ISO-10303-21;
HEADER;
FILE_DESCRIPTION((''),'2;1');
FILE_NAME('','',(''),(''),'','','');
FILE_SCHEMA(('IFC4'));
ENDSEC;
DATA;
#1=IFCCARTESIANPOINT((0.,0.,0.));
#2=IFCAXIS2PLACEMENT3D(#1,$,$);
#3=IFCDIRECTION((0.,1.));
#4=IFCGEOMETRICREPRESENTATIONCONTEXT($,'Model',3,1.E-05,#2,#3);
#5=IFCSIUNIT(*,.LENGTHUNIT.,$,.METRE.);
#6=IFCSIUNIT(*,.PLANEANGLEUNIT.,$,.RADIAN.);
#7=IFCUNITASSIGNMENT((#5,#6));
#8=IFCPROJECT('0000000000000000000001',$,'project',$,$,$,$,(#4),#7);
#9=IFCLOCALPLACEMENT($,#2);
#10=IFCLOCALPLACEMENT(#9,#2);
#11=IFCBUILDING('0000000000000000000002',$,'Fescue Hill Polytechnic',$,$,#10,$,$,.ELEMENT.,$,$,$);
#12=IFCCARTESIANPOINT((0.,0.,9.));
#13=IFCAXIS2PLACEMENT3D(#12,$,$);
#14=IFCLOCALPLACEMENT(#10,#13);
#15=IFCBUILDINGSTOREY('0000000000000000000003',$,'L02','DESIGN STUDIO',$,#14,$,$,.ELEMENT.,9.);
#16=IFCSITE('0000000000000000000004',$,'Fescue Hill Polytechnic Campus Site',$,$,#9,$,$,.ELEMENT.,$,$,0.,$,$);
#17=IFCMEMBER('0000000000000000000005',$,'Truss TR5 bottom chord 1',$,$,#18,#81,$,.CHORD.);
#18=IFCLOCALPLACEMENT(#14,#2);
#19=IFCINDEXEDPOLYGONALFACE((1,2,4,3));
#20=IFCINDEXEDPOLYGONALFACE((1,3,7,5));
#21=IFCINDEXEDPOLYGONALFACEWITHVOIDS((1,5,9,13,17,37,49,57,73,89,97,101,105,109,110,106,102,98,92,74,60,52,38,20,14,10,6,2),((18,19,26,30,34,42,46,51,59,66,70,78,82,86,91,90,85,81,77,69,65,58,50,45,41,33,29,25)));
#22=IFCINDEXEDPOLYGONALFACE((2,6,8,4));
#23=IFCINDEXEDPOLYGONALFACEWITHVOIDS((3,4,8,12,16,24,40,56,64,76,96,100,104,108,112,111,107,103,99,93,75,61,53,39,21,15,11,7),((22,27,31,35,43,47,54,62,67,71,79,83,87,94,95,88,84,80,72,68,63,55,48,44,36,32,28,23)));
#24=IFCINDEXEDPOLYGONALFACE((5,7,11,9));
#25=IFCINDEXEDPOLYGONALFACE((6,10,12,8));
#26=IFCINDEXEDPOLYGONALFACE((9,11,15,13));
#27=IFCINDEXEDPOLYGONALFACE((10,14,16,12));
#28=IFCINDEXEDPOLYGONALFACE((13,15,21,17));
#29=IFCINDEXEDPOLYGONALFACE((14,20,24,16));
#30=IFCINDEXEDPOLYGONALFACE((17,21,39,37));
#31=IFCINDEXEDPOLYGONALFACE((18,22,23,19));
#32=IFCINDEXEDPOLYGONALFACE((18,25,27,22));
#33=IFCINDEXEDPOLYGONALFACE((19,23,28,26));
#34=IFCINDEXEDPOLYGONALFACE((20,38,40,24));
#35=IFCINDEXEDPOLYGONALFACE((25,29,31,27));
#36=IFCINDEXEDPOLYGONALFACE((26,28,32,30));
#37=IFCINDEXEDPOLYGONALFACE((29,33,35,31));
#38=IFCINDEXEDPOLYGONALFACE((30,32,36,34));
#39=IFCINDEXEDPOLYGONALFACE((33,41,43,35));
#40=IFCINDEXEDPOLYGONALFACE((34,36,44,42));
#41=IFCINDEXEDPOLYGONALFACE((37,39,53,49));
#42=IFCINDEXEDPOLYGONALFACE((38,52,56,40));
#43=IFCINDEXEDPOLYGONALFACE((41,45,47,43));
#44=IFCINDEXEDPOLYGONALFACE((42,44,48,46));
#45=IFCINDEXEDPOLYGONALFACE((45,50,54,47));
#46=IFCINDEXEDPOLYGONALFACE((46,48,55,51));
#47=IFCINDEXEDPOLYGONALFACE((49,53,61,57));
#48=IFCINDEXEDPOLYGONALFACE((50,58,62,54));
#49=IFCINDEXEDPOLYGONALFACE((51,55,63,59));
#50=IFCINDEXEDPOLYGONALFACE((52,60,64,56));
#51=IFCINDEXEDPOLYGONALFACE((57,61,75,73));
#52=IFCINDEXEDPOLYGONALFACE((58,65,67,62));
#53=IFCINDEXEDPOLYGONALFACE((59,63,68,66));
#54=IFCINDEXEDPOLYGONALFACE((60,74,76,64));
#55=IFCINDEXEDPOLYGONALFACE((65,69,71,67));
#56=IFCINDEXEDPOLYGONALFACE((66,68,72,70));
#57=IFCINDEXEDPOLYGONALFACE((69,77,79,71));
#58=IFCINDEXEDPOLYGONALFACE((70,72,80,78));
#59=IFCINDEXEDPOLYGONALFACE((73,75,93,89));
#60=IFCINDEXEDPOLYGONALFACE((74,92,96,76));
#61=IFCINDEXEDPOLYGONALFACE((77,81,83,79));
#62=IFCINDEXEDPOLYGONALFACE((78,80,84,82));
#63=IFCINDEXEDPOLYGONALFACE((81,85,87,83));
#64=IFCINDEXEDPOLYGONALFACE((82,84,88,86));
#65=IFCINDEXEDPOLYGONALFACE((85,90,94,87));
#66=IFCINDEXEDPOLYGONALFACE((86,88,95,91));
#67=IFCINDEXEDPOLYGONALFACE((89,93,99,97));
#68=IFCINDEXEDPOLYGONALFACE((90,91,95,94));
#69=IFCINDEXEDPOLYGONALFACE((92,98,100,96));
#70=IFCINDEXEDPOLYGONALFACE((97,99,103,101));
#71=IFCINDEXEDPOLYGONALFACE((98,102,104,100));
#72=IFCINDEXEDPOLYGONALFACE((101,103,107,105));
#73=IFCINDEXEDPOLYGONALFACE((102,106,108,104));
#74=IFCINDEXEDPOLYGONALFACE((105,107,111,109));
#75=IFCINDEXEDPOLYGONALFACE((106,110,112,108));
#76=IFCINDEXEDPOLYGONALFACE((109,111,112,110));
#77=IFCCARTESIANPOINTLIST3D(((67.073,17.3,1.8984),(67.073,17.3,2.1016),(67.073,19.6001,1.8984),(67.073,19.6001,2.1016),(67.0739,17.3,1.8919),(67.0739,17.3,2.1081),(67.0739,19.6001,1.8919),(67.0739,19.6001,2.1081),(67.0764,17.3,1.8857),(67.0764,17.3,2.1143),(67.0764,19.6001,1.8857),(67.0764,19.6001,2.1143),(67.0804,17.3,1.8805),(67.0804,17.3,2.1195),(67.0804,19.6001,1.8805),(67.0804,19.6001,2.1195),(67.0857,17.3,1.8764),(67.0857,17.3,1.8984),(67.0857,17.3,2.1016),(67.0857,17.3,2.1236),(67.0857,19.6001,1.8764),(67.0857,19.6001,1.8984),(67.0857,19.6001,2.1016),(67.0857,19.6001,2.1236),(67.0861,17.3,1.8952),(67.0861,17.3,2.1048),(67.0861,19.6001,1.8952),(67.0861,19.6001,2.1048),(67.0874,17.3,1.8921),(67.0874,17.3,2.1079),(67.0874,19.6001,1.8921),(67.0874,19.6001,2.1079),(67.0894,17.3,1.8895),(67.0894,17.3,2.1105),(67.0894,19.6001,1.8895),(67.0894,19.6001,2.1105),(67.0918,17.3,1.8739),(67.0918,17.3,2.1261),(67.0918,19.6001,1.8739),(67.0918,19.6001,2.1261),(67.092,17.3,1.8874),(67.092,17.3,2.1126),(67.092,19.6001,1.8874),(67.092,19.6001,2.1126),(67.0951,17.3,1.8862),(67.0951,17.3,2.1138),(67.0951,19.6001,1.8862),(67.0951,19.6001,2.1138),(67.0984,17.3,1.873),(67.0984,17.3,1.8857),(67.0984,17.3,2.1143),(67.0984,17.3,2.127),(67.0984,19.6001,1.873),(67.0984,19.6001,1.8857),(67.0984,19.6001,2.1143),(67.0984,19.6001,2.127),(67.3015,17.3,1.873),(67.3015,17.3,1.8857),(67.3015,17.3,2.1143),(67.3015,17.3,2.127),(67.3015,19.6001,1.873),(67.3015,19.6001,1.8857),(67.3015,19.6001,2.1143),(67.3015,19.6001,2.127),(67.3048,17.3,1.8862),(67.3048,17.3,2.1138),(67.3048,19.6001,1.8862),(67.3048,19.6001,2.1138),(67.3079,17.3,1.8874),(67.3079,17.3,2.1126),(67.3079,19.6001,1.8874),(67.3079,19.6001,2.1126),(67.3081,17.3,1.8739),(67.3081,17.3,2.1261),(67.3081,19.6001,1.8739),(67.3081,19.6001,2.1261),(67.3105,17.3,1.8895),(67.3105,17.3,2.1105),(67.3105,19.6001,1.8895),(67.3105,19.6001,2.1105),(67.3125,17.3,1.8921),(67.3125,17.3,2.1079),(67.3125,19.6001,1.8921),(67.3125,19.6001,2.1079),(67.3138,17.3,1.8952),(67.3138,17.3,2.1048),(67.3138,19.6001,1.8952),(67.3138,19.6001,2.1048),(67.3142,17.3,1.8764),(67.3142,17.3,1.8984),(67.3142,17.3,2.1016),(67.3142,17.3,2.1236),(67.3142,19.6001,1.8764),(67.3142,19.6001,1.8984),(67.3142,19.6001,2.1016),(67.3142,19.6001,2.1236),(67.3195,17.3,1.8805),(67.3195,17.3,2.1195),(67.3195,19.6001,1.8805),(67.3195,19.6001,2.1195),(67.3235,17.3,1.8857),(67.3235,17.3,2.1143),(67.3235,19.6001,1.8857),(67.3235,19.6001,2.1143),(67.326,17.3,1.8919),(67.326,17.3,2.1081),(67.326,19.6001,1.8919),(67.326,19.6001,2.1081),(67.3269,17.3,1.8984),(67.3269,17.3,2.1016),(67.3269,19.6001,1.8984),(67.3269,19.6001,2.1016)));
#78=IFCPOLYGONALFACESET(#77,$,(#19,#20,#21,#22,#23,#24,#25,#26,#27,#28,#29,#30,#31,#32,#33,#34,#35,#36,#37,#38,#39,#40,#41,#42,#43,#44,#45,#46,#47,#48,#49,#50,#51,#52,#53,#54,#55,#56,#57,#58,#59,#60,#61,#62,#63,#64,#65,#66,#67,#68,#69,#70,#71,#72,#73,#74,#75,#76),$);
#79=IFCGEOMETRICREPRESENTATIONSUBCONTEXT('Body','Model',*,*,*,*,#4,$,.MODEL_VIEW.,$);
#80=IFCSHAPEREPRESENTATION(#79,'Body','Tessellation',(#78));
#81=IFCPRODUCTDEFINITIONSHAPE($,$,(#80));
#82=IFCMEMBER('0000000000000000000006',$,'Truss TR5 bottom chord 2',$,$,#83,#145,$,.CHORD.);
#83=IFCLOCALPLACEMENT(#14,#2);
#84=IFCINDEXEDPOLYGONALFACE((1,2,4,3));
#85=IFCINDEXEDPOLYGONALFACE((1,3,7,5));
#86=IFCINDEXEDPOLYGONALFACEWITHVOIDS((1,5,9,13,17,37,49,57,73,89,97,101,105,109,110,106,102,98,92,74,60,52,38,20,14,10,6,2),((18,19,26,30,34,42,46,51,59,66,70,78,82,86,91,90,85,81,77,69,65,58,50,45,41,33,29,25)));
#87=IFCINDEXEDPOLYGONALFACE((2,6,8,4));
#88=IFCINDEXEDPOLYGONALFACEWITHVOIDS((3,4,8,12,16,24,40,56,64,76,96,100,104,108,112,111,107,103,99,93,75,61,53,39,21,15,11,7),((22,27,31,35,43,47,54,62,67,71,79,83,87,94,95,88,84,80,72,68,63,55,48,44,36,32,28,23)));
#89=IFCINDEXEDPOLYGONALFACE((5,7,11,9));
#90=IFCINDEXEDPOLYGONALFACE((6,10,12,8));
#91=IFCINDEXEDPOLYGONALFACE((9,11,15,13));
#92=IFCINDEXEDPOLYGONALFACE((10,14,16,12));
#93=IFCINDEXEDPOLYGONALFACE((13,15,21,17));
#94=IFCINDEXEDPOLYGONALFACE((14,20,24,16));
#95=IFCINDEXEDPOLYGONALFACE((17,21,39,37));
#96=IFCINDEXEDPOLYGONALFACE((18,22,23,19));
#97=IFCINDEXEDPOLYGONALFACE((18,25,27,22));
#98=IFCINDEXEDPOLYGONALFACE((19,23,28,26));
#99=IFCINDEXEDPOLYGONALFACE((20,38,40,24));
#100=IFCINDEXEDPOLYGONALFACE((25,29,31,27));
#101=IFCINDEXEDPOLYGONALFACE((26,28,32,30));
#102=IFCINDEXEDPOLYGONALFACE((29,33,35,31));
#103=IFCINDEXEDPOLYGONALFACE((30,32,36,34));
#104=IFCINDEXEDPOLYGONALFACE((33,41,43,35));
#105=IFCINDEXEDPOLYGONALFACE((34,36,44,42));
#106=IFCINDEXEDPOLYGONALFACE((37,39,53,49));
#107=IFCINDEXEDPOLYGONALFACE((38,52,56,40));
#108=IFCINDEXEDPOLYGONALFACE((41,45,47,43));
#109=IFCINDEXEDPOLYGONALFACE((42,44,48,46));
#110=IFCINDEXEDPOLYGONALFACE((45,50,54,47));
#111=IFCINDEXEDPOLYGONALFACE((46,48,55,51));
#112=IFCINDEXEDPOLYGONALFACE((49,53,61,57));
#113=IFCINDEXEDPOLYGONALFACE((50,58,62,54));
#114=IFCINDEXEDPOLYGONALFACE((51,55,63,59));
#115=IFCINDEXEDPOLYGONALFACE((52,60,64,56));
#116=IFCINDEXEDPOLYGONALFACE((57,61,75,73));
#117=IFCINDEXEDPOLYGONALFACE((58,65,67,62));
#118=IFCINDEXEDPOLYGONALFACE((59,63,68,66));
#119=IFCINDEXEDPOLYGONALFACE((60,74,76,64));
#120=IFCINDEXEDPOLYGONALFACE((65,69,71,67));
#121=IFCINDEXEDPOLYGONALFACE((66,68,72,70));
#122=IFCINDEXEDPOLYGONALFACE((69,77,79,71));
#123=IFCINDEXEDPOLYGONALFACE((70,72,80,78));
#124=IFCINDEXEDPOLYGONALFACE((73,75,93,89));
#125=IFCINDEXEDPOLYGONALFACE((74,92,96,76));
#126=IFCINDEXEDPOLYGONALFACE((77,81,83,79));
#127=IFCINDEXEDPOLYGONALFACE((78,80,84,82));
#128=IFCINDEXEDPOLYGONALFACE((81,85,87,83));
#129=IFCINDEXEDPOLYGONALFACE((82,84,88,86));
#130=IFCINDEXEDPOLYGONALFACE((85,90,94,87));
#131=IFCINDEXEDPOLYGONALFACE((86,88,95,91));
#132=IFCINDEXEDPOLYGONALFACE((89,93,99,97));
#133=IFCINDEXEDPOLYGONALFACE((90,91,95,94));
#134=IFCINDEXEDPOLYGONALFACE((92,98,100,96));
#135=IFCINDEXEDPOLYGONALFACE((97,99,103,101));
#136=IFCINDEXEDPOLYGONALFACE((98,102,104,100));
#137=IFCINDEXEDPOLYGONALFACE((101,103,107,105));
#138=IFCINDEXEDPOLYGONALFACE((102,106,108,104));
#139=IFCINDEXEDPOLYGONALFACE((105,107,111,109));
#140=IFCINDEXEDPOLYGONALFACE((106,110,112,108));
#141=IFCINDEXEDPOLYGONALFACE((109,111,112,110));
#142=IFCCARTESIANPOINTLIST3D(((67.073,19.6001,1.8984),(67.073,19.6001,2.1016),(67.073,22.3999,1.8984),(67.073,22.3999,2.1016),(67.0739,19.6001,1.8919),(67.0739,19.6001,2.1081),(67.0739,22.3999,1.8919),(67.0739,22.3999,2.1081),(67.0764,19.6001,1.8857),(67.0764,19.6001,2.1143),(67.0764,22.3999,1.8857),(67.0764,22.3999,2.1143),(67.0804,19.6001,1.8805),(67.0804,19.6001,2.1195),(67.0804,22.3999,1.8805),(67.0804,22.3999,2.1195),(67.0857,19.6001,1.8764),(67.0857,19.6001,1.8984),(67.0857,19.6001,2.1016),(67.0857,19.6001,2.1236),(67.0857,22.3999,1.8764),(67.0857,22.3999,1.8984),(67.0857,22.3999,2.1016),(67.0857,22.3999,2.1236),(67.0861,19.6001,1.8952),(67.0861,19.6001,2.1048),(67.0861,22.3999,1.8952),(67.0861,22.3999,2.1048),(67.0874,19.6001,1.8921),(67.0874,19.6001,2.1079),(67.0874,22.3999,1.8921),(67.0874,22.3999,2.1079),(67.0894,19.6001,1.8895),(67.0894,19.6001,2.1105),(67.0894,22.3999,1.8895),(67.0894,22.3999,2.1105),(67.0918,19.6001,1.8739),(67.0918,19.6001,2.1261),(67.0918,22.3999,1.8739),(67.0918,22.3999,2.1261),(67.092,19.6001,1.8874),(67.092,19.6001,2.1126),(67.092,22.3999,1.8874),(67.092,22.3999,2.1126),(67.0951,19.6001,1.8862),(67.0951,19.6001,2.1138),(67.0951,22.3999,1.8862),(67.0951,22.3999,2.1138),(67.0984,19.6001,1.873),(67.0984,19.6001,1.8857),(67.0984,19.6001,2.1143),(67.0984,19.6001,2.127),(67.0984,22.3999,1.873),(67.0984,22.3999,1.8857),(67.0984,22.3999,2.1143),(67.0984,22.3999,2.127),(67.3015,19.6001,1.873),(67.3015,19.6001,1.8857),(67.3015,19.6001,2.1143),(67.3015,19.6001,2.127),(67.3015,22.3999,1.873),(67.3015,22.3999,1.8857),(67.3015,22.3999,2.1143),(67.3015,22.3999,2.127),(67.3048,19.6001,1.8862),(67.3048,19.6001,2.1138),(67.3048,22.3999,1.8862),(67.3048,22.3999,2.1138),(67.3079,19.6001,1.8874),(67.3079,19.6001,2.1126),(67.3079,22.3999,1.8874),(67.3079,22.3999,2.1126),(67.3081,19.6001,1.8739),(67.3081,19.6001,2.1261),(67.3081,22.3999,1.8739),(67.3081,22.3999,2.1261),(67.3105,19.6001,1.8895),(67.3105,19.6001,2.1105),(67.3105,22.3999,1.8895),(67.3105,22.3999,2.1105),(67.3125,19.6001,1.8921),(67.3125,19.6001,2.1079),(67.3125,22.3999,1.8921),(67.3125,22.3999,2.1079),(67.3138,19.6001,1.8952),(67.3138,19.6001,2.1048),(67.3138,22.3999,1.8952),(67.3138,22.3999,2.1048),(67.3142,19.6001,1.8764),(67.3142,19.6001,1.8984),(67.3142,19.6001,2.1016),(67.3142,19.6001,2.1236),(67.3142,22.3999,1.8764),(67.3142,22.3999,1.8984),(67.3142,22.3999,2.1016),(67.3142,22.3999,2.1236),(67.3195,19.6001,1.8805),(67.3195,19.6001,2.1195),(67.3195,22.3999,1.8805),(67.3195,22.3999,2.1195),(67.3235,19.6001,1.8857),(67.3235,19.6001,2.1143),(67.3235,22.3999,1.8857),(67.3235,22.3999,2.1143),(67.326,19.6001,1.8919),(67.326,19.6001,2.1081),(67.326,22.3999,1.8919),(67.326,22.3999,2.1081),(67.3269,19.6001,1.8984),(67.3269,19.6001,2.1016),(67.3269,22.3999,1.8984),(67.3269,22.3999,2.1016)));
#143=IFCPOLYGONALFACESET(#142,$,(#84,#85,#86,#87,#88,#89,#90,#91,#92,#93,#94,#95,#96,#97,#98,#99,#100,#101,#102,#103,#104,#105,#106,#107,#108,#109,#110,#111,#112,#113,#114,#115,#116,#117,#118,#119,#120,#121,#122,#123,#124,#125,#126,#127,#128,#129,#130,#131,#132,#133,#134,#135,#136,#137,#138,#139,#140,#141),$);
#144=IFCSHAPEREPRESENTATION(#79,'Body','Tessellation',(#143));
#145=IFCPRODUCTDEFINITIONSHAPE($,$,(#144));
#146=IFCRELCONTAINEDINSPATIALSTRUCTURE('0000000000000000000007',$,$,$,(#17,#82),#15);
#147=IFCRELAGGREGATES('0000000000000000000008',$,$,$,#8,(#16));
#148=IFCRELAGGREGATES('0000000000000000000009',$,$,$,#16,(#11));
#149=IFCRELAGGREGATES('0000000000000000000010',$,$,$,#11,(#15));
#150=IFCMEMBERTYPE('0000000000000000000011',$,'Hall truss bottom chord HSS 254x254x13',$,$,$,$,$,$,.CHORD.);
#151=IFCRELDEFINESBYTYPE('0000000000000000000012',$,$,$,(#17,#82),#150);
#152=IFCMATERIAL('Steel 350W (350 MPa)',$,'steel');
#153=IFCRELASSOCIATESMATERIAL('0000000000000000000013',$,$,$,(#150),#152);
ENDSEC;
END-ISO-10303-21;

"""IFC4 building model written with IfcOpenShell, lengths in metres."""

from ifc_helpers import new_model, si_unit, direction, frame, origin, origin_2d, place, context, subcontext, project, spatial, hollow_rectangle, extrude, material, material_profile, profile_set, type_object, element, save


model = new_model("IFC4")

# Units and contexts
model_context = context("Model", 3, precision=1e-05, world=origin(), true_north=direction((0.0, 1.0)))
body_context = subcontext(model_context, "Body", "Model", "MODEL_VIEW")
ifc_project = project(units=[si_unit("LENGTHUNIT", "METRE"), si_unit("PLANEANGLEUNIT", "RADIAN")], contexts=[model_context])

# Site, building, storey
site_placement = place(None, origin())
site = spatial("IfcSite", under=ifc_project, at=site_placement, Name="Fescue Hill Polytechnic Campus Site", CompositionType="ELEMENT", RefElevation=0.0)
building_placement = place(site_placement, origin())
building = spatial("IfcBuilding", under=site, at=building_placement, Name="Fescue Hill Polytechnic", CompositionType="ELEMENT")
storey_placement = place(building_placement, frame((0.0, 0.0, 9.0)))
storey = spatial("IfcBuildingStorey", under=building, at=storey_placement, Name="L02", Description="DESIGN STUDIO", CompositionType="ELEMENT", Elevation=9.0)

# Members
ifc_material_1 = material(Name="Steel 350W (350 MPa)", Category="steel")
ifc_material_profile_1 = material_profile(ifc_material_1, hollow_rectangle(XDim=0.2539, YDim=0.2539, WallThickness=0.0127, InnerFilletRadius=0.0127, OuterFilletRadius=0.0254, at=origin_2d()), Name="Hall truss bottom chord HSS 254x254x13")
ifc_profile_set_1 = profile_set([ifc_material_profile_1], Name="Steel 350W (350 MPa)")
member_type_1 = type_object("IfcMemberType", Name="Hall truss bottom chord HSS 254x254x13", PredefinedType="CHORD", material=ifc_profile_set_1)
member_1_placement = place(storey_placement, frame((67.2, 17.3, 2.0), z_axis=(0.0, 1.0, 0.0), x_axis=(-1.0, 0.0, 0.0)))
element("IfcMember", 1, at=member_1_placement, inside=storey, type_object=member_type_1, Name="Truss TR5 bottom chord 1", PredefinedType="CHORD", context=body_context, shape_type="SweptSolid", body=[
    extrude(hollow_rectangle(XDim=0.2539, YDim=0.2539, WallThickness=0.0127, InnerFilletRadius=0.0127, OuterFilletRadius=0.0254, at=origin_2d()), origin(), (0.0, 0.0, 1.0), 2.3),
])
member_2_placement = place(storey_placement, frame((67.2, 19.6001, 2.0), z_axis=(0.0, 1.0, 0.0), x_axis=(-1.0, 0.0, 0.0)))
element("IfcMember", 2, at=member_2_placement, inside=storey, type_object=member_type_1, Name="Truss TR5 bottom chord 2", PredefinedType="CHORD", context=body_context, shape_type="SweptSolid", body=[
    extrude(hollow_rectangle(XDim=0.2539, YDim=0.2539, WallThickness=0.0127, InnerFilletRadius=0.0127, OuterFilletRadius=0.0254, at=origin_2d()), origin(), (0.0, 0.0, 1.0), 2.7998),
])

save(model, "model.ifc")
